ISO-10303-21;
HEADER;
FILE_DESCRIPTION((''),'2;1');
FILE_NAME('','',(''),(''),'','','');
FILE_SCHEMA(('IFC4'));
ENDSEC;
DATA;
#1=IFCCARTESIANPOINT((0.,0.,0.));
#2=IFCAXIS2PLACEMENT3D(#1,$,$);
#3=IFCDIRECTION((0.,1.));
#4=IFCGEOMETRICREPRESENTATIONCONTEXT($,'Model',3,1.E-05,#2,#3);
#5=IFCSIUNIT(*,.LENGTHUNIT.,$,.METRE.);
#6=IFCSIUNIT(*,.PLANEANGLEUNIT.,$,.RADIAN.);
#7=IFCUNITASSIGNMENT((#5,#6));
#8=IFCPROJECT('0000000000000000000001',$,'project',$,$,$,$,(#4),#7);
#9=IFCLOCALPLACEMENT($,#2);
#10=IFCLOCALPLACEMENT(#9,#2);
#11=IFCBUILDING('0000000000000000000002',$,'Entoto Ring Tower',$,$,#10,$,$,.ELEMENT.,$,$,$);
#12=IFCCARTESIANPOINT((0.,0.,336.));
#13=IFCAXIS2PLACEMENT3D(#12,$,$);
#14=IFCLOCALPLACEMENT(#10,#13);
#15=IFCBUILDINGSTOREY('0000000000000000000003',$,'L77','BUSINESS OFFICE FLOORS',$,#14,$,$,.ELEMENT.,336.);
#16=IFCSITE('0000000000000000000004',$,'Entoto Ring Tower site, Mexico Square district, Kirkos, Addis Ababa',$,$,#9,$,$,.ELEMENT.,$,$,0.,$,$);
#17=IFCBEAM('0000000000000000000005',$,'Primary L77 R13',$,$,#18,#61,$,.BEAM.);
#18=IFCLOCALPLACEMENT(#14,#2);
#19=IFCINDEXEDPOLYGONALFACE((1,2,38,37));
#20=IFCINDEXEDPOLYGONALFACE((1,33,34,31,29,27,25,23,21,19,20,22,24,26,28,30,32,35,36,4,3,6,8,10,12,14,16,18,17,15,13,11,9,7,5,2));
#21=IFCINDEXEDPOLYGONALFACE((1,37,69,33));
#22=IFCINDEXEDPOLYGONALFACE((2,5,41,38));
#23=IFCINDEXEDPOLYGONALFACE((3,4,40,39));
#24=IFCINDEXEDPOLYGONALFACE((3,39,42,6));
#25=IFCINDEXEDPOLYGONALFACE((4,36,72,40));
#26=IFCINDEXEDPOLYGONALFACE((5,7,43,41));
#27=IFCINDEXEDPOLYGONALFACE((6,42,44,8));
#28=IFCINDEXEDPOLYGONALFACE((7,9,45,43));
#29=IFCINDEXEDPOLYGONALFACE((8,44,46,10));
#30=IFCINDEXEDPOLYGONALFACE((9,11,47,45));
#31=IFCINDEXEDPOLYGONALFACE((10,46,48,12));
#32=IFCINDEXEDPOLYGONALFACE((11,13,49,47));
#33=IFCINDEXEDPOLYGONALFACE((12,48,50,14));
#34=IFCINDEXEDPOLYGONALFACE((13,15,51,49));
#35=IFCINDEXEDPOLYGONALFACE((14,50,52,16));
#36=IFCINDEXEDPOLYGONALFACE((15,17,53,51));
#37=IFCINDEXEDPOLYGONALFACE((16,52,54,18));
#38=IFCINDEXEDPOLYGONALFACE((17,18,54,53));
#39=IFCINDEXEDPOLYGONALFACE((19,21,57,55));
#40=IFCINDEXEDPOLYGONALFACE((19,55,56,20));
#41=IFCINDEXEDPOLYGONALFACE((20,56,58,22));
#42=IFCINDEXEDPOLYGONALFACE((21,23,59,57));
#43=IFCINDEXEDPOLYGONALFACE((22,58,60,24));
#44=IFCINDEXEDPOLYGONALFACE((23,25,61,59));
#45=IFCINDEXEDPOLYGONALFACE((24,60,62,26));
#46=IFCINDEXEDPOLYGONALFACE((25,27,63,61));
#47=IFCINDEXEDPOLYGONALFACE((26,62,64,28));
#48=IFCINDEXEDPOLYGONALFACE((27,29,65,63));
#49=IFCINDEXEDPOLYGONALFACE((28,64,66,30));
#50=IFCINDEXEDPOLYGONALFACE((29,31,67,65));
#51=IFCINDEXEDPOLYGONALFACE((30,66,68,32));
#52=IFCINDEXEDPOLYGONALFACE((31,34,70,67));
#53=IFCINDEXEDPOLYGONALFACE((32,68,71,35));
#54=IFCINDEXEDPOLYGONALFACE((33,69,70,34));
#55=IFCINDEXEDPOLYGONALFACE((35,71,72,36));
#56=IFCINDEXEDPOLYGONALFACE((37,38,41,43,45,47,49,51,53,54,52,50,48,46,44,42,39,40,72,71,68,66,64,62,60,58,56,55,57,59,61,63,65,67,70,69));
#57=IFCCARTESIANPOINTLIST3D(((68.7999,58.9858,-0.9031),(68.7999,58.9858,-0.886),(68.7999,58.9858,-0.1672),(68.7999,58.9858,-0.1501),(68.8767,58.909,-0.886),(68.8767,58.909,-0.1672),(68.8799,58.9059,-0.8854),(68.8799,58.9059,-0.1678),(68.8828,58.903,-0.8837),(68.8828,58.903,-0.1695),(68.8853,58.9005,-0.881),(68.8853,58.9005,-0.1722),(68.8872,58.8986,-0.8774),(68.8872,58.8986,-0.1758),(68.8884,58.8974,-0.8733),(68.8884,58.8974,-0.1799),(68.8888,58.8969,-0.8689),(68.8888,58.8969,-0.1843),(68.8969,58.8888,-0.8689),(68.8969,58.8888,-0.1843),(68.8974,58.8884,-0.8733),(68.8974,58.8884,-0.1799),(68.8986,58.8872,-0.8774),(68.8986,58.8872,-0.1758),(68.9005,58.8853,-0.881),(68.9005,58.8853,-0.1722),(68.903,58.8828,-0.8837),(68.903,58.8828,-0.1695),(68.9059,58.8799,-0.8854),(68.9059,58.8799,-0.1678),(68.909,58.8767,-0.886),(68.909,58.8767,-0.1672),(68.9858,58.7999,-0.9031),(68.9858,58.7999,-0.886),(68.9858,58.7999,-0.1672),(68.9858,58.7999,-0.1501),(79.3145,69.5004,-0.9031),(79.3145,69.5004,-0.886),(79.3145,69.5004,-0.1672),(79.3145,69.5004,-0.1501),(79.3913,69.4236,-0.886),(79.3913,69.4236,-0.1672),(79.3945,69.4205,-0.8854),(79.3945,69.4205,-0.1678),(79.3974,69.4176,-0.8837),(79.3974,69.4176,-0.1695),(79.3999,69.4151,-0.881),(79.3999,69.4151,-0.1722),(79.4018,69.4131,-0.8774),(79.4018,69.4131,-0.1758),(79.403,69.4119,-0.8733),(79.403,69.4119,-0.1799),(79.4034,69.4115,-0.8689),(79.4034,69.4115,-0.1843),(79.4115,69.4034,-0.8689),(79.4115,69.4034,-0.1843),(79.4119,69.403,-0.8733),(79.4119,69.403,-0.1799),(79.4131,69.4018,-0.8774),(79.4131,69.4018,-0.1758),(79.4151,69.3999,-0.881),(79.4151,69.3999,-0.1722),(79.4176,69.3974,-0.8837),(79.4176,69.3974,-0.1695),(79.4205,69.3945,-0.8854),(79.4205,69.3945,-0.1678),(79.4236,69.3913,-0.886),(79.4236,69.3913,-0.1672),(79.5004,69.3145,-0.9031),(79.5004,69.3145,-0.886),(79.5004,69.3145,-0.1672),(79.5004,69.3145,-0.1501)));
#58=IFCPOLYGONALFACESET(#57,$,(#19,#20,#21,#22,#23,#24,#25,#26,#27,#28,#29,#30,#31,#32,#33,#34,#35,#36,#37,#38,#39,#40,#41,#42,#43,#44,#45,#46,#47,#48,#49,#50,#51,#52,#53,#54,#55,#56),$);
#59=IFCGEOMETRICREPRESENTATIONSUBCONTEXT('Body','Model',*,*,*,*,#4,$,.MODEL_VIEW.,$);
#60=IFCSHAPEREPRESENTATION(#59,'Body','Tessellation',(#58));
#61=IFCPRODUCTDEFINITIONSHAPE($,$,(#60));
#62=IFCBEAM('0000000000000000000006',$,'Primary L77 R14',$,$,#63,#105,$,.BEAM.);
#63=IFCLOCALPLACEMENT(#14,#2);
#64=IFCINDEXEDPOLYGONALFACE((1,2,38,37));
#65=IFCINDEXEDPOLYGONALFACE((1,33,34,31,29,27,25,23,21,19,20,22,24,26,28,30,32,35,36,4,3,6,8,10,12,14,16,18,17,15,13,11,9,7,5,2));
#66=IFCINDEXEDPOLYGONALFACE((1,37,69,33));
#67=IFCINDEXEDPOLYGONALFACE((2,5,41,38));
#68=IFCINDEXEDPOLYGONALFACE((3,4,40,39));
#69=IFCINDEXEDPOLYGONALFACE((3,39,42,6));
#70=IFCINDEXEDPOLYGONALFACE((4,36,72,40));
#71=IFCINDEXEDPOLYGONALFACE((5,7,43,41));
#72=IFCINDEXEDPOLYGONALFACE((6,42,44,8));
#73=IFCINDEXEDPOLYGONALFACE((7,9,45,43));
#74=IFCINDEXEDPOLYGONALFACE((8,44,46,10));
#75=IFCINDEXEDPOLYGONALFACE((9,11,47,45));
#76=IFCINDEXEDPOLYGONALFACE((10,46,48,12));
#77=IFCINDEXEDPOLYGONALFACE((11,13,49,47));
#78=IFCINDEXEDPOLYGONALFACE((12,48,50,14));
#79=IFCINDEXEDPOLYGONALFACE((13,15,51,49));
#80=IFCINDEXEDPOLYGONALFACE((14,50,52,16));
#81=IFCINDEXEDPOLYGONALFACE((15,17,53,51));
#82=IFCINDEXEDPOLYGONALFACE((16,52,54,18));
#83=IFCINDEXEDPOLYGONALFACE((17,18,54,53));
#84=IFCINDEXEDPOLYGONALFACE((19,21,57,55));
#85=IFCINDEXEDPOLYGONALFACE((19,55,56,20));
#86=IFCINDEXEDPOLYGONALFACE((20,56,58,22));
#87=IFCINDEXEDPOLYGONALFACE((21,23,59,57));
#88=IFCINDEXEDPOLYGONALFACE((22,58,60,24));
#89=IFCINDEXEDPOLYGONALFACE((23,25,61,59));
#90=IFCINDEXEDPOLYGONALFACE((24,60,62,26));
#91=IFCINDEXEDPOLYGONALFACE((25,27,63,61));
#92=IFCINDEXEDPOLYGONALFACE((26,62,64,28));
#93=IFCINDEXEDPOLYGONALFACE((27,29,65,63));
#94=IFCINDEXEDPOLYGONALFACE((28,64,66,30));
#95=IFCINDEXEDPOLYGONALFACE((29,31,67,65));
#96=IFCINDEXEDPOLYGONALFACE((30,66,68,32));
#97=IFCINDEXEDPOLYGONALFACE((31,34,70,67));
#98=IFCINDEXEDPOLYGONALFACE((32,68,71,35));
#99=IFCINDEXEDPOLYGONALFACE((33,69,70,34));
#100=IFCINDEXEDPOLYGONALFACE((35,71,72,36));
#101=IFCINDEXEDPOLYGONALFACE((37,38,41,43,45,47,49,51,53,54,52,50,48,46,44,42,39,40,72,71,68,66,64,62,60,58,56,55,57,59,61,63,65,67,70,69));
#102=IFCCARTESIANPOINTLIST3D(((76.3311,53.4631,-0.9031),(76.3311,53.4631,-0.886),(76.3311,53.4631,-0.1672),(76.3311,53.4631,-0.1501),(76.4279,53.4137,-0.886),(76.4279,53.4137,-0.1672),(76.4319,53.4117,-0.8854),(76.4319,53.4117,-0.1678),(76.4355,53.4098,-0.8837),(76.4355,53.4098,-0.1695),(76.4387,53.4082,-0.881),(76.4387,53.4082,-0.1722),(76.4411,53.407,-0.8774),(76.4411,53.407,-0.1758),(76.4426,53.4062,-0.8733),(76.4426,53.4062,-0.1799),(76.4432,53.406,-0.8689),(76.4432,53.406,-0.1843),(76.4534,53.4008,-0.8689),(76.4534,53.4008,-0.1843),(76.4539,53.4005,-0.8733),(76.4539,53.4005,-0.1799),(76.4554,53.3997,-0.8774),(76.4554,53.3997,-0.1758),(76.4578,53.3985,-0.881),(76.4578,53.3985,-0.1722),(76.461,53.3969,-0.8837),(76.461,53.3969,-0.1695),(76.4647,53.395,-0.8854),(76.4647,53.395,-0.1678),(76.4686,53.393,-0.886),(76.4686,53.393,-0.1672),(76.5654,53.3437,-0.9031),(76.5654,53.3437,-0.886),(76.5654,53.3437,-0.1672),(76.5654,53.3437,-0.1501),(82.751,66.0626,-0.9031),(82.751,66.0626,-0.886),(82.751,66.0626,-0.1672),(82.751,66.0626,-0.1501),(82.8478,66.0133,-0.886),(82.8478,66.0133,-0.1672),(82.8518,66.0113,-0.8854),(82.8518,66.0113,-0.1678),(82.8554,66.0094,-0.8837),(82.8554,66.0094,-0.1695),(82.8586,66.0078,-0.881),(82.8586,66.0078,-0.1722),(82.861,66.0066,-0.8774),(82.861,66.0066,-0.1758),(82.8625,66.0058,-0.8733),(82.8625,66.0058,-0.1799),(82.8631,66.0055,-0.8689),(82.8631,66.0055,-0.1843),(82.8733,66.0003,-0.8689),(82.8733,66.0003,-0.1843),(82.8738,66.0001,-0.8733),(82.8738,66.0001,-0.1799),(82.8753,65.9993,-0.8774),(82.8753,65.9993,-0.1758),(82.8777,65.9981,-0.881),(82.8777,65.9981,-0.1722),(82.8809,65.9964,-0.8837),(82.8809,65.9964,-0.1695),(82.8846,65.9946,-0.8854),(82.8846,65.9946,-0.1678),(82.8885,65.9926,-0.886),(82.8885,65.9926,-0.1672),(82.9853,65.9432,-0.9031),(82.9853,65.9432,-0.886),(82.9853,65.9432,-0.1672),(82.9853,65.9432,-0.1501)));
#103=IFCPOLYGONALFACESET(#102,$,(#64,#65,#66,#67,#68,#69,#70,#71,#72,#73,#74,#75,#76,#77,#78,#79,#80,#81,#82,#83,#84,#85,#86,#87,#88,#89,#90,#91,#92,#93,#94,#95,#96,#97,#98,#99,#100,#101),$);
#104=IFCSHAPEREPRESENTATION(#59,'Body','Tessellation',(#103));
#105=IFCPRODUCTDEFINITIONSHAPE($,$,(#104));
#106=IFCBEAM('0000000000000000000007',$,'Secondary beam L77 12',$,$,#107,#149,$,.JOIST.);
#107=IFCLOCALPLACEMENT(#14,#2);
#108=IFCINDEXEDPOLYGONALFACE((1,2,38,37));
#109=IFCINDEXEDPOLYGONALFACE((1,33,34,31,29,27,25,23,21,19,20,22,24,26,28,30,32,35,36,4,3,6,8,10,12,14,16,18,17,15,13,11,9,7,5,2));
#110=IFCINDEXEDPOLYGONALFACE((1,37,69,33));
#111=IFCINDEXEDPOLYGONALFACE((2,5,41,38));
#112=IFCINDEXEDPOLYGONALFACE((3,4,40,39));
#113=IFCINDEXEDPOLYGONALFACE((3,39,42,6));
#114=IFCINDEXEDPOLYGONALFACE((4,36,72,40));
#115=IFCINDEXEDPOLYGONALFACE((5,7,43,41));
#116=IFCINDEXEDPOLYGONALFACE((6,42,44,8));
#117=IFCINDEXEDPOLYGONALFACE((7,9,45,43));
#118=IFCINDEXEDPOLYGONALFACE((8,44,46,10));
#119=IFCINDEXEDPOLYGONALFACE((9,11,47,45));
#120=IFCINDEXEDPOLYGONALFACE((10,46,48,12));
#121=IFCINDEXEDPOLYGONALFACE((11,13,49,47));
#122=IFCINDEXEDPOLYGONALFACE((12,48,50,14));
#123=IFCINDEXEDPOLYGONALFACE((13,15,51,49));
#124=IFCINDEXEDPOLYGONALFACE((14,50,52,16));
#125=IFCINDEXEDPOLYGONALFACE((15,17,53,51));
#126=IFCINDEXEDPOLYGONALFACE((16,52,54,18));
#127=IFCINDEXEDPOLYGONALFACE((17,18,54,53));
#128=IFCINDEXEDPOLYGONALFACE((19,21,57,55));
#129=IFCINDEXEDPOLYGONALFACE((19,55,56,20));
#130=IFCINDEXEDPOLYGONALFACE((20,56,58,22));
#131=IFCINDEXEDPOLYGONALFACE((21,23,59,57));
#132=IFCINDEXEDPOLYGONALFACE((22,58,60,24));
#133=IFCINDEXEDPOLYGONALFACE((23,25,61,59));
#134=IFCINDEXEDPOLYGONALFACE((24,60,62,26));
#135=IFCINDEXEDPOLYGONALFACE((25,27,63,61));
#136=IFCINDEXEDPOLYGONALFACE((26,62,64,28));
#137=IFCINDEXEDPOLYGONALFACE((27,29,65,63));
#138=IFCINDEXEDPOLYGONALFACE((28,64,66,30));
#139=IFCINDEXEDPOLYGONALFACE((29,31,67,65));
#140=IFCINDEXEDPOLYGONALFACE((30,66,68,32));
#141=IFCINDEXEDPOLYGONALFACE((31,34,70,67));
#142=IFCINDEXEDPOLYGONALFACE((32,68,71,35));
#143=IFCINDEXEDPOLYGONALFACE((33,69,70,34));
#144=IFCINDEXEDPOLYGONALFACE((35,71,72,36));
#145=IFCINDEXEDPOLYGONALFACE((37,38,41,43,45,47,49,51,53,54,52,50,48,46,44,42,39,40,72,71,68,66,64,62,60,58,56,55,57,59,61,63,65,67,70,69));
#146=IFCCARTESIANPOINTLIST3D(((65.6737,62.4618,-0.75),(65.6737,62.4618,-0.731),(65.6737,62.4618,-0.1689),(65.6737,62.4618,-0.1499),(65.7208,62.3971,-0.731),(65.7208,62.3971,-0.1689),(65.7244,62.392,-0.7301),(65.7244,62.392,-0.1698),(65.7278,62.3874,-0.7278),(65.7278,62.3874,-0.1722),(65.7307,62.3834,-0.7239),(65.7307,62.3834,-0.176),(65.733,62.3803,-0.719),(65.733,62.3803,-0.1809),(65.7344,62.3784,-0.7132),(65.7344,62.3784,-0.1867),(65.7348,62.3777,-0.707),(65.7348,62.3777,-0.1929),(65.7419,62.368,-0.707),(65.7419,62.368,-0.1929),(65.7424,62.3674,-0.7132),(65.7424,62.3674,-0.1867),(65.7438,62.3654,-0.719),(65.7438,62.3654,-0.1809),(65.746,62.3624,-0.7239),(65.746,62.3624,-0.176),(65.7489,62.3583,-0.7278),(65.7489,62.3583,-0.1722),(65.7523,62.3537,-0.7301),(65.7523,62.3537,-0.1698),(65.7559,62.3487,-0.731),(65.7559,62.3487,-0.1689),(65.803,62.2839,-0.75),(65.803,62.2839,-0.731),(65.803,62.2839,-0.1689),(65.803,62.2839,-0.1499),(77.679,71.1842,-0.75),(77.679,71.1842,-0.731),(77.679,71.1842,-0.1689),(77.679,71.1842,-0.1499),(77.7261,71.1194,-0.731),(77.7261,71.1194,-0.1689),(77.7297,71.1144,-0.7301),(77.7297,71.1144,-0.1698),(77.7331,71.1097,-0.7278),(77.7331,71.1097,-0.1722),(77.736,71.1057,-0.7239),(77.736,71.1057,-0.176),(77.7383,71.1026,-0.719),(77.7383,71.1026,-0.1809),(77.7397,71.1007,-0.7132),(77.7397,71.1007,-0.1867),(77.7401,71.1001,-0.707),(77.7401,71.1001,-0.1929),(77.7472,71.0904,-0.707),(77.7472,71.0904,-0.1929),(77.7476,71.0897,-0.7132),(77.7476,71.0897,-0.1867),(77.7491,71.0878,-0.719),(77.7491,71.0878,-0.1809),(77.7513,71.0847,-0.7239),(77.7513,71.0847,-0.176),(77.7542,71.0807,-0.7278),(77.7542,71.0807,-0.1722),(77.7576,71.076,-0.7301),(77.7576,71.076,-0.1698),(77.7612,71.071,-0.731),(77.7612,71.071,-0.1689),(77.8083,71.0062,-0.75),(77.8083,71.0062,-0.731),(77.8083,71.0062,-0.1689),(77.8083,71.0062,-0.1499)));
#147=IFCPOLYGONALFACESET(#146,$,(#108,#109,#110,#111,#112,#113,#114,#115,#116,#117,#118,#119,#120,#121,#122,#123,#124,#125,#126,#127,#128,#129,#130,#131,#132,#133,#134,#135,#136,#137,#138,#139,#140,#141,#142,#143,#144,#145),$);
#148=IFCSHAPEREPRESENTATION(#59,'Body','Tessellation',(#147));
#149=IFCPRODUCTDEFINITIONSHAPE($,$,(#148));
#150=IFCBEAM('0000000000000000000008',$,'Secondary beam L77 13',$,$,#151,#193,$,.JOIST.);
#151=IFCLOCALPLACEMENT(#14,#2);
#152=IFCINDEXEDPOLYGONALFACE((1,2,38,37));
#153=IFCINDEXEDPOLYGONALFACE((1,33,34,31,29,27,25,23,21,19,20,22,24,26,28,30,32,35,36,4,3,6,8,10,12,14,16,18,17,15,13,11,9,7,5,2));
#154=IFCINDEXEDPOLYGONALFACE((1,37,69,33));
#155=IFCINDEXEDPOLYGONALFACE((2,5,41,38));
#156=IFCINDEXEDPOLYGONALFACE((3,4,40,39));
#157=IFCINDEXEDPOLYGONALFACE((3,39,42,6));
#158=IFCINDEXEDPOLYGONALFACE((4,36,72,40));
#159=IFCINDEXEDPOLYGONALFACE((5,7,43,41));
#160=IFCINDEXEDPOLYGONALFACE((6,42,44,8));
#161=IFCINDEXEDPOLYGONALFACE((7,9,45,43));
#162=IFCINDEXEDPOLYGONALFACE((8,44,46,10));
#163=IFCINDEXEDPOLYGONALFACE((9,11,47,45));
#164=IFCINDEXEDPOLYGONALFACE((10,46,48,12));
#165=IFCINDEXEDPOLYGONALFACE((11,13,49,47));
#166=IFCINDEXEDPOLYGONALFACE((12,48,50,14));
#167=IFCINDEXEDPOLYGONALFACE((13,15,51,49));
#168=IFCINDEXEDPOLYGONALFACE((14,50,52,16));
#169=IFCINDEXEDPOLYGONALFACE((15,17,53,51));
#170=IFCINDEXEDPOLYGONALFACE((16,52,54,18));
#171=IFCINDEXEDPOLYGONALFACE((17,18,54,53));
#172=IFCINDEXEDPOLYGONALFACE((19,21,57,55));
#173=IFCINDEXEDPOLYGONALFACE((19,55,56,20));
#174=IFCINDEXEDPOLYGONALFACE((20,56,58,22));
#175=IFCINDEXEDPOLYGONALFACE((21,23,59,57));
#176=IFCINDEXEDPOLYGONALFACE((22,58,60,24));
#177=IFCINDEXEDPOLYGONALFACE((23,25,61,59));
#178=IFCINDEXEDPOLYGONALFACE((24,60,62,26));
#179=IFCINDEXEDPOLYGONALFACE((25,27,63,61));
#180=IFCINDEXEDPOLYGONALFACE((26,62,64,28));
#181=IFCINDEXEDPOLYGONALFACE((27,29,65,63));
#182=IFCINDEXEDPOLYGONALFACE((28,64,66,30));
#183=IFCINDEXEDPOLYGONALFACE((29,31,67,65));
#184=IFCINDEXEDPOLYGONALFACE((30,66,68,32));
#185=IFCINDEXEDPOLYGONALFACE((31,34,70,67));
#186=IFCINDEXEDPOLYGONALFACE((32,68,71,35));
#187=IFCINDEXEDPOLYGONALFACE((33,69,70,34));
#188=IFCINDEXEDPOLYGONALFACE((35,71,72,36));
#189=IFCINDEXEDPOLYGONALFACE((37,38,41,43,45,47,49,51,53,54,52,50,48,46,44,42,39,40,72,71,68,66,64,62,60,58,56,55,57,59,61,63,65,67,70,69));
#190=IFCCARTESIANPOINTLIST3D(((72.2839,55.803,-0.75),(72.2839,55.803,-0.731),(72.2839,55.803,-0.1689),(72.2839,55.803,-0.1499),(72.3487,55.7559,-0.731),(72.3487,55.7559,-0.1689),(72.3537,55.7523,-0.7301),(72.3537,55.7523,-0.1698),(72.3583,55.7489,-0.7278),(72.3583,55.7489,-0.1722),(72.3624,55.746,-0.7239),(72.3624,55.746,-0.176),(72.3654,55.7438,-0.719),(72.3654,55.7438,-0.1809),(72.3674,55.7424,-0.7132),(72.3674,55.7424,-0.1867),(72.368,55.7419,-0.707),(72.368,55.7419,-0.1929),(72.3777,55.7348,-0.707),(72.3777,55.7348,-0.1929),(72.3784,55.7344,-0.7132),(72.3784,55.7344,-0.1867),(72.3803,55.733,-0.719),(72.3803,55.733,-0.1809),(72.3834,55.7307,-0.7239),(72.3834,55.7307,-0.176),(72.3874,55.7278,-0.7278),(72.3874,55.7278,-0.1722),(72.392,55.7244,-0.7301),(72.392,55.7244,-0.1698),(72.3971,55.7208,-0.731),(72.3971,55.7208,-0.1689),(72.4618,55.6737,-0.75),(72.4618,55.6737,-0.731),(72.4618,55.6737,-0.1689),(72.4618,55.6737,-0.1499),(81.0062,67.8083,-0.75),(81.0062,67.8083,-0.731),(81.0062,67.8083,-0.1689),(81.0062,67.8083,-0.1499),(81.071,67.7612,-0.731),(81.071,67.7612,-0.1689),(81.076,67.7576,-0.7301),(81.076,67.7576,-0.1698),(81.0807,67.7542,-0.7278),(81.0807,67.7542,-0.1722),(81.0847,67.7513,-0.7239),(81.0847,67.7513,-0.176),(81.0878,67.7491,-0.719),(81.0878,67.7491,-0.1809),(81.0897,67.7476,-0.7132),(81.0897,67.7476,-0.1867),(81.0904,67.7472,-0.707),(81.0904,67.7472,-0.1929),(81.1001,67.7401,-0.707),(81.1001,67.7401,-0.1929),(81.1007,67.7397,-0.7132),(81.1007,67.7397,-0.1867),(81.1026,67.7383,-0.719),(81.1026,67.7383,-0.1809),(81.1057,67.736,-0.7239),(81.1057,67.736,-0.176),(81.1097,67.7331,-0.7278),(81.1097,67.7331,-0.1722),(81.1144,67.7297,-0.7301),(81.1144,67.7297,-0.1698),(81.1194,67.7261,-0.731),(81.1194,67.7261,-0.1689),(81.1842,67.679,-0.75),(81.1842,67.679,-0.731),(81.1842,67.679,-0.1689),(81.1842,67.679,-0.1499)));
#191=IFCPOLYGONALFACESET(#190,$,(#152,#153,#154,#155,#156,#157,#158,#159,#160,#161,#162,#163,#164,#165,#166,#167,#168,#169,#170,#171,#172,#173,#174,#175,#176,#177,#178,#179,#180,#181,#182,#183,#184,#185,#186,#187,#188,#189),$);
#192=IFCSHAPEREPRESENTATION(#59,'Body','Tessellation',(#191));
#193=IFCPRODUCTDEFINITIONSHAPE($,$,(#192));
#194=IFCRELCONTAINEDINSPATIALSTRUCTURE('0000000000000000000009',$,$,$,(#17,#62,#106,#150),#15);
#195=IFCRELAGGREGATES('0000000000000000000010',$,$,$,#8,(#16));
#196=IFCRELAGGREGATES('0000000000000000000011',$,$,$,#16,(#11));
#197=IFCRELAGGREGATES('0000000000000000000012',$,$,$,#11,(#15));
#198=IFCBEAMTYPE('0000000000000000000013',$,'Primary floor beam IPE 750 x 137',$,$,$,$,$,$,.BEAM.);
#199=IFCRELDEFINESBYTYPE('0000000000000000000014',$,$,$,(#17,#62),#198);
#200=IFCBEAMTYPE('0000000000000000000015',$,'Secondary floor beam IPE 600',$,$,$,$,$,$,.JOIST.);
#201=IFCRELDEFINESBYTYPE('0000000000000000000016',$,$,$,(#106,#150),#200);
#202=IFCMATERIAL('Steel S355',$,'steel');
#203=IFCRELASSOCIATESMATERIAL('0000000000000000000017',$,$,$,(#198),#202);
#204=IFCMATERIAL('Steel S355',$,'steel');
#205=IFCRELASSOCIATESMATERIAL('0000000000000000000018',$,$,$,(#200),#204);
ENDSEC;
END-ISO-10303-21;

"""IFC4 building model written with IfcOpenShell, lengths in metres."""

from ifc_helpers import new_model, si_unit, direction, frame, origin, origin_2d, place, context, subcontext, project, spatial, i_section, extrude, material, material_profile, profile_set, type_object, element, save


model = new_model("IFC4")

# Units and contexts
model_context = context("Model", 3, precision=1e-05, world=origin(), true_north=direction((0.0, 1.0)))
body_context = subcontext(model_context, "Body", "Model", "MODEL_VIEW")
ifc_project = project(units=[si_unit("LENGTHUNIT", "METRE"), si_unit("PLANEANGLEUNIT", "RADIAN")], contexts=[model_context])

# Site, building, storey
site_placement = place(None, origin())
site = spatial("IfcSite", under=ifc_project, at=site_placement, Name="Entoto Ring Tower site, Mexico Square district, Kirkos, Addis Ababa", CompositionType="ELEMENT", RefElevation=0.0)
building_placement = place(site_placement, origin())
building = spatial("IfcBuilding", under=site, at=building_placement, Name="Entoto Ring Tower", CompositionType="ELEMENT")
storey_placement = place(building_placement, frame((0.0, 0.0, 336.0)))
storey = spatial("IfcBuildingStorey", under=building, at=storey_placement, Name="L77", Description="BUSINESS OFFICE FLOORS", CompositionType="ELEMENT", Elevation=336.0)

# Beams
ifc_material_1 = material(Name="Steel S355", Category="steel")
ifc_material_profile_1 = material_profile(ifc_material_1, i_section(OverallWidth=0.2629, OverallDepth=0.7529, WebThickness=0.0115, FlangeThickness=0.0171, FilletRadius=0.0171, at=origin_2d()), Name="IPE 750 x 137")
ifc_profile_set_1 = profile_set([ifc_material_profile_1], Name="Steel S355")
beam_type_1 = type_object("IfcBeamType", Name="Primary floor beam IPE 750 x 137", PredefinedType="BEAM", material=ifc_profile_set_1)
beam_1_placement = place(storey_placement, frame((79.4075, 69.4075, -0.5266), z_axis=(-0.707107, -0.707107, 0.0), x_axis=(0.707107, -0.707107, 0.0)))
element("IfcBeam", 1, at=beam_1_placement, inside=storey, type_object=beam_type_1, Name="Primary L77 R13", PredefinedType="BEAM", context=body_context, shape_type="SweptSolid", body=[
    extrude(i_section(OverallWidth=0.2629, OverallDepth=0.7529, WebThickness=0.0115, FlangeThickness=0.0171, FilletRadius=0.0171, at=origin_2d()), origin(), (0.0, 0.0, 1.0), 14.8699),
])
beam_2_placement = place(storey_placement, frame((82.8682, 66.0029, -0.5266), z_axis=(-0.453996, -0.891004, 0.0), x_axis=(0.891004, -0.453996, 0.0)))
element("IfcBeam", 2, at=beam_2_placement, inside=storey, type_object=beam_type_1, Name="Primary L77 R14", PredefinedType="BEAM", context=body_context, shape_type="SweptSolid", body=[
    extrude(i_section(OverallWidth=0.2629, OverallDepth=0.7529, WebThickness=0.0115, FlangeThickness=0.0171, FilletRadius=0.0171, at=origin_2d()), origin(), (0.0, 0.0, 1.0), 14.1409),
])
ifc_material_2 = material(Name="Steel S355", Category="steel")
ifc_material_profile_2 = material_profile(ifc_material_2, i_section(OverallWidth=0.22, OverallDepth=0.6001, WebThickness=0.012, FlangeThickness=0.019, FilletRadius=0.0239, at=origin_2d()), Name="IPE 600")
ifc_profile_set_2 = profile_set([ifc_material_profile_2], Name="Steel S355")
beam_type_2 = type_object("IfcBeamType", Name="Secondary floor beam IPE 600", PredefinedType="JOIST", material=ifc_profile_set_2)
for number, where, z_axis, x_axis, name in (
    (3, (77.7437, 71.0952, -0.45), (-0.809017, -0.587785, 0.0), (0.587785, -0.809017, 0.0), "Secondary beam L77 12"),
    (4, (81.0952, 67.7437, -0.45), (-0.587785, -0.809017, 0.0), (0.809017, -0.587785, 0.0), "Secondary beam L77 13"),
):
    element("IfcBeam", number, at=place(storey_placement, frame(where, z_axis=z_axis, x_axis=x_axis)), inside=storey, type_object=beam_type_2, Name=name, PredefinedType="JOIST", context=body_context, shape_type="SweptSolid", body=[
        extrude(i_section(OverallWidth=0.22, OverallDepth=0.6001, WebThickness=0.012, FlangeThickness=0.019, FilletRadius=0.0239, at=origin_2d()), origin(), (0.0, 0.0, 1.0), 14.8394),
    ])

save(model, "model.ifc")
